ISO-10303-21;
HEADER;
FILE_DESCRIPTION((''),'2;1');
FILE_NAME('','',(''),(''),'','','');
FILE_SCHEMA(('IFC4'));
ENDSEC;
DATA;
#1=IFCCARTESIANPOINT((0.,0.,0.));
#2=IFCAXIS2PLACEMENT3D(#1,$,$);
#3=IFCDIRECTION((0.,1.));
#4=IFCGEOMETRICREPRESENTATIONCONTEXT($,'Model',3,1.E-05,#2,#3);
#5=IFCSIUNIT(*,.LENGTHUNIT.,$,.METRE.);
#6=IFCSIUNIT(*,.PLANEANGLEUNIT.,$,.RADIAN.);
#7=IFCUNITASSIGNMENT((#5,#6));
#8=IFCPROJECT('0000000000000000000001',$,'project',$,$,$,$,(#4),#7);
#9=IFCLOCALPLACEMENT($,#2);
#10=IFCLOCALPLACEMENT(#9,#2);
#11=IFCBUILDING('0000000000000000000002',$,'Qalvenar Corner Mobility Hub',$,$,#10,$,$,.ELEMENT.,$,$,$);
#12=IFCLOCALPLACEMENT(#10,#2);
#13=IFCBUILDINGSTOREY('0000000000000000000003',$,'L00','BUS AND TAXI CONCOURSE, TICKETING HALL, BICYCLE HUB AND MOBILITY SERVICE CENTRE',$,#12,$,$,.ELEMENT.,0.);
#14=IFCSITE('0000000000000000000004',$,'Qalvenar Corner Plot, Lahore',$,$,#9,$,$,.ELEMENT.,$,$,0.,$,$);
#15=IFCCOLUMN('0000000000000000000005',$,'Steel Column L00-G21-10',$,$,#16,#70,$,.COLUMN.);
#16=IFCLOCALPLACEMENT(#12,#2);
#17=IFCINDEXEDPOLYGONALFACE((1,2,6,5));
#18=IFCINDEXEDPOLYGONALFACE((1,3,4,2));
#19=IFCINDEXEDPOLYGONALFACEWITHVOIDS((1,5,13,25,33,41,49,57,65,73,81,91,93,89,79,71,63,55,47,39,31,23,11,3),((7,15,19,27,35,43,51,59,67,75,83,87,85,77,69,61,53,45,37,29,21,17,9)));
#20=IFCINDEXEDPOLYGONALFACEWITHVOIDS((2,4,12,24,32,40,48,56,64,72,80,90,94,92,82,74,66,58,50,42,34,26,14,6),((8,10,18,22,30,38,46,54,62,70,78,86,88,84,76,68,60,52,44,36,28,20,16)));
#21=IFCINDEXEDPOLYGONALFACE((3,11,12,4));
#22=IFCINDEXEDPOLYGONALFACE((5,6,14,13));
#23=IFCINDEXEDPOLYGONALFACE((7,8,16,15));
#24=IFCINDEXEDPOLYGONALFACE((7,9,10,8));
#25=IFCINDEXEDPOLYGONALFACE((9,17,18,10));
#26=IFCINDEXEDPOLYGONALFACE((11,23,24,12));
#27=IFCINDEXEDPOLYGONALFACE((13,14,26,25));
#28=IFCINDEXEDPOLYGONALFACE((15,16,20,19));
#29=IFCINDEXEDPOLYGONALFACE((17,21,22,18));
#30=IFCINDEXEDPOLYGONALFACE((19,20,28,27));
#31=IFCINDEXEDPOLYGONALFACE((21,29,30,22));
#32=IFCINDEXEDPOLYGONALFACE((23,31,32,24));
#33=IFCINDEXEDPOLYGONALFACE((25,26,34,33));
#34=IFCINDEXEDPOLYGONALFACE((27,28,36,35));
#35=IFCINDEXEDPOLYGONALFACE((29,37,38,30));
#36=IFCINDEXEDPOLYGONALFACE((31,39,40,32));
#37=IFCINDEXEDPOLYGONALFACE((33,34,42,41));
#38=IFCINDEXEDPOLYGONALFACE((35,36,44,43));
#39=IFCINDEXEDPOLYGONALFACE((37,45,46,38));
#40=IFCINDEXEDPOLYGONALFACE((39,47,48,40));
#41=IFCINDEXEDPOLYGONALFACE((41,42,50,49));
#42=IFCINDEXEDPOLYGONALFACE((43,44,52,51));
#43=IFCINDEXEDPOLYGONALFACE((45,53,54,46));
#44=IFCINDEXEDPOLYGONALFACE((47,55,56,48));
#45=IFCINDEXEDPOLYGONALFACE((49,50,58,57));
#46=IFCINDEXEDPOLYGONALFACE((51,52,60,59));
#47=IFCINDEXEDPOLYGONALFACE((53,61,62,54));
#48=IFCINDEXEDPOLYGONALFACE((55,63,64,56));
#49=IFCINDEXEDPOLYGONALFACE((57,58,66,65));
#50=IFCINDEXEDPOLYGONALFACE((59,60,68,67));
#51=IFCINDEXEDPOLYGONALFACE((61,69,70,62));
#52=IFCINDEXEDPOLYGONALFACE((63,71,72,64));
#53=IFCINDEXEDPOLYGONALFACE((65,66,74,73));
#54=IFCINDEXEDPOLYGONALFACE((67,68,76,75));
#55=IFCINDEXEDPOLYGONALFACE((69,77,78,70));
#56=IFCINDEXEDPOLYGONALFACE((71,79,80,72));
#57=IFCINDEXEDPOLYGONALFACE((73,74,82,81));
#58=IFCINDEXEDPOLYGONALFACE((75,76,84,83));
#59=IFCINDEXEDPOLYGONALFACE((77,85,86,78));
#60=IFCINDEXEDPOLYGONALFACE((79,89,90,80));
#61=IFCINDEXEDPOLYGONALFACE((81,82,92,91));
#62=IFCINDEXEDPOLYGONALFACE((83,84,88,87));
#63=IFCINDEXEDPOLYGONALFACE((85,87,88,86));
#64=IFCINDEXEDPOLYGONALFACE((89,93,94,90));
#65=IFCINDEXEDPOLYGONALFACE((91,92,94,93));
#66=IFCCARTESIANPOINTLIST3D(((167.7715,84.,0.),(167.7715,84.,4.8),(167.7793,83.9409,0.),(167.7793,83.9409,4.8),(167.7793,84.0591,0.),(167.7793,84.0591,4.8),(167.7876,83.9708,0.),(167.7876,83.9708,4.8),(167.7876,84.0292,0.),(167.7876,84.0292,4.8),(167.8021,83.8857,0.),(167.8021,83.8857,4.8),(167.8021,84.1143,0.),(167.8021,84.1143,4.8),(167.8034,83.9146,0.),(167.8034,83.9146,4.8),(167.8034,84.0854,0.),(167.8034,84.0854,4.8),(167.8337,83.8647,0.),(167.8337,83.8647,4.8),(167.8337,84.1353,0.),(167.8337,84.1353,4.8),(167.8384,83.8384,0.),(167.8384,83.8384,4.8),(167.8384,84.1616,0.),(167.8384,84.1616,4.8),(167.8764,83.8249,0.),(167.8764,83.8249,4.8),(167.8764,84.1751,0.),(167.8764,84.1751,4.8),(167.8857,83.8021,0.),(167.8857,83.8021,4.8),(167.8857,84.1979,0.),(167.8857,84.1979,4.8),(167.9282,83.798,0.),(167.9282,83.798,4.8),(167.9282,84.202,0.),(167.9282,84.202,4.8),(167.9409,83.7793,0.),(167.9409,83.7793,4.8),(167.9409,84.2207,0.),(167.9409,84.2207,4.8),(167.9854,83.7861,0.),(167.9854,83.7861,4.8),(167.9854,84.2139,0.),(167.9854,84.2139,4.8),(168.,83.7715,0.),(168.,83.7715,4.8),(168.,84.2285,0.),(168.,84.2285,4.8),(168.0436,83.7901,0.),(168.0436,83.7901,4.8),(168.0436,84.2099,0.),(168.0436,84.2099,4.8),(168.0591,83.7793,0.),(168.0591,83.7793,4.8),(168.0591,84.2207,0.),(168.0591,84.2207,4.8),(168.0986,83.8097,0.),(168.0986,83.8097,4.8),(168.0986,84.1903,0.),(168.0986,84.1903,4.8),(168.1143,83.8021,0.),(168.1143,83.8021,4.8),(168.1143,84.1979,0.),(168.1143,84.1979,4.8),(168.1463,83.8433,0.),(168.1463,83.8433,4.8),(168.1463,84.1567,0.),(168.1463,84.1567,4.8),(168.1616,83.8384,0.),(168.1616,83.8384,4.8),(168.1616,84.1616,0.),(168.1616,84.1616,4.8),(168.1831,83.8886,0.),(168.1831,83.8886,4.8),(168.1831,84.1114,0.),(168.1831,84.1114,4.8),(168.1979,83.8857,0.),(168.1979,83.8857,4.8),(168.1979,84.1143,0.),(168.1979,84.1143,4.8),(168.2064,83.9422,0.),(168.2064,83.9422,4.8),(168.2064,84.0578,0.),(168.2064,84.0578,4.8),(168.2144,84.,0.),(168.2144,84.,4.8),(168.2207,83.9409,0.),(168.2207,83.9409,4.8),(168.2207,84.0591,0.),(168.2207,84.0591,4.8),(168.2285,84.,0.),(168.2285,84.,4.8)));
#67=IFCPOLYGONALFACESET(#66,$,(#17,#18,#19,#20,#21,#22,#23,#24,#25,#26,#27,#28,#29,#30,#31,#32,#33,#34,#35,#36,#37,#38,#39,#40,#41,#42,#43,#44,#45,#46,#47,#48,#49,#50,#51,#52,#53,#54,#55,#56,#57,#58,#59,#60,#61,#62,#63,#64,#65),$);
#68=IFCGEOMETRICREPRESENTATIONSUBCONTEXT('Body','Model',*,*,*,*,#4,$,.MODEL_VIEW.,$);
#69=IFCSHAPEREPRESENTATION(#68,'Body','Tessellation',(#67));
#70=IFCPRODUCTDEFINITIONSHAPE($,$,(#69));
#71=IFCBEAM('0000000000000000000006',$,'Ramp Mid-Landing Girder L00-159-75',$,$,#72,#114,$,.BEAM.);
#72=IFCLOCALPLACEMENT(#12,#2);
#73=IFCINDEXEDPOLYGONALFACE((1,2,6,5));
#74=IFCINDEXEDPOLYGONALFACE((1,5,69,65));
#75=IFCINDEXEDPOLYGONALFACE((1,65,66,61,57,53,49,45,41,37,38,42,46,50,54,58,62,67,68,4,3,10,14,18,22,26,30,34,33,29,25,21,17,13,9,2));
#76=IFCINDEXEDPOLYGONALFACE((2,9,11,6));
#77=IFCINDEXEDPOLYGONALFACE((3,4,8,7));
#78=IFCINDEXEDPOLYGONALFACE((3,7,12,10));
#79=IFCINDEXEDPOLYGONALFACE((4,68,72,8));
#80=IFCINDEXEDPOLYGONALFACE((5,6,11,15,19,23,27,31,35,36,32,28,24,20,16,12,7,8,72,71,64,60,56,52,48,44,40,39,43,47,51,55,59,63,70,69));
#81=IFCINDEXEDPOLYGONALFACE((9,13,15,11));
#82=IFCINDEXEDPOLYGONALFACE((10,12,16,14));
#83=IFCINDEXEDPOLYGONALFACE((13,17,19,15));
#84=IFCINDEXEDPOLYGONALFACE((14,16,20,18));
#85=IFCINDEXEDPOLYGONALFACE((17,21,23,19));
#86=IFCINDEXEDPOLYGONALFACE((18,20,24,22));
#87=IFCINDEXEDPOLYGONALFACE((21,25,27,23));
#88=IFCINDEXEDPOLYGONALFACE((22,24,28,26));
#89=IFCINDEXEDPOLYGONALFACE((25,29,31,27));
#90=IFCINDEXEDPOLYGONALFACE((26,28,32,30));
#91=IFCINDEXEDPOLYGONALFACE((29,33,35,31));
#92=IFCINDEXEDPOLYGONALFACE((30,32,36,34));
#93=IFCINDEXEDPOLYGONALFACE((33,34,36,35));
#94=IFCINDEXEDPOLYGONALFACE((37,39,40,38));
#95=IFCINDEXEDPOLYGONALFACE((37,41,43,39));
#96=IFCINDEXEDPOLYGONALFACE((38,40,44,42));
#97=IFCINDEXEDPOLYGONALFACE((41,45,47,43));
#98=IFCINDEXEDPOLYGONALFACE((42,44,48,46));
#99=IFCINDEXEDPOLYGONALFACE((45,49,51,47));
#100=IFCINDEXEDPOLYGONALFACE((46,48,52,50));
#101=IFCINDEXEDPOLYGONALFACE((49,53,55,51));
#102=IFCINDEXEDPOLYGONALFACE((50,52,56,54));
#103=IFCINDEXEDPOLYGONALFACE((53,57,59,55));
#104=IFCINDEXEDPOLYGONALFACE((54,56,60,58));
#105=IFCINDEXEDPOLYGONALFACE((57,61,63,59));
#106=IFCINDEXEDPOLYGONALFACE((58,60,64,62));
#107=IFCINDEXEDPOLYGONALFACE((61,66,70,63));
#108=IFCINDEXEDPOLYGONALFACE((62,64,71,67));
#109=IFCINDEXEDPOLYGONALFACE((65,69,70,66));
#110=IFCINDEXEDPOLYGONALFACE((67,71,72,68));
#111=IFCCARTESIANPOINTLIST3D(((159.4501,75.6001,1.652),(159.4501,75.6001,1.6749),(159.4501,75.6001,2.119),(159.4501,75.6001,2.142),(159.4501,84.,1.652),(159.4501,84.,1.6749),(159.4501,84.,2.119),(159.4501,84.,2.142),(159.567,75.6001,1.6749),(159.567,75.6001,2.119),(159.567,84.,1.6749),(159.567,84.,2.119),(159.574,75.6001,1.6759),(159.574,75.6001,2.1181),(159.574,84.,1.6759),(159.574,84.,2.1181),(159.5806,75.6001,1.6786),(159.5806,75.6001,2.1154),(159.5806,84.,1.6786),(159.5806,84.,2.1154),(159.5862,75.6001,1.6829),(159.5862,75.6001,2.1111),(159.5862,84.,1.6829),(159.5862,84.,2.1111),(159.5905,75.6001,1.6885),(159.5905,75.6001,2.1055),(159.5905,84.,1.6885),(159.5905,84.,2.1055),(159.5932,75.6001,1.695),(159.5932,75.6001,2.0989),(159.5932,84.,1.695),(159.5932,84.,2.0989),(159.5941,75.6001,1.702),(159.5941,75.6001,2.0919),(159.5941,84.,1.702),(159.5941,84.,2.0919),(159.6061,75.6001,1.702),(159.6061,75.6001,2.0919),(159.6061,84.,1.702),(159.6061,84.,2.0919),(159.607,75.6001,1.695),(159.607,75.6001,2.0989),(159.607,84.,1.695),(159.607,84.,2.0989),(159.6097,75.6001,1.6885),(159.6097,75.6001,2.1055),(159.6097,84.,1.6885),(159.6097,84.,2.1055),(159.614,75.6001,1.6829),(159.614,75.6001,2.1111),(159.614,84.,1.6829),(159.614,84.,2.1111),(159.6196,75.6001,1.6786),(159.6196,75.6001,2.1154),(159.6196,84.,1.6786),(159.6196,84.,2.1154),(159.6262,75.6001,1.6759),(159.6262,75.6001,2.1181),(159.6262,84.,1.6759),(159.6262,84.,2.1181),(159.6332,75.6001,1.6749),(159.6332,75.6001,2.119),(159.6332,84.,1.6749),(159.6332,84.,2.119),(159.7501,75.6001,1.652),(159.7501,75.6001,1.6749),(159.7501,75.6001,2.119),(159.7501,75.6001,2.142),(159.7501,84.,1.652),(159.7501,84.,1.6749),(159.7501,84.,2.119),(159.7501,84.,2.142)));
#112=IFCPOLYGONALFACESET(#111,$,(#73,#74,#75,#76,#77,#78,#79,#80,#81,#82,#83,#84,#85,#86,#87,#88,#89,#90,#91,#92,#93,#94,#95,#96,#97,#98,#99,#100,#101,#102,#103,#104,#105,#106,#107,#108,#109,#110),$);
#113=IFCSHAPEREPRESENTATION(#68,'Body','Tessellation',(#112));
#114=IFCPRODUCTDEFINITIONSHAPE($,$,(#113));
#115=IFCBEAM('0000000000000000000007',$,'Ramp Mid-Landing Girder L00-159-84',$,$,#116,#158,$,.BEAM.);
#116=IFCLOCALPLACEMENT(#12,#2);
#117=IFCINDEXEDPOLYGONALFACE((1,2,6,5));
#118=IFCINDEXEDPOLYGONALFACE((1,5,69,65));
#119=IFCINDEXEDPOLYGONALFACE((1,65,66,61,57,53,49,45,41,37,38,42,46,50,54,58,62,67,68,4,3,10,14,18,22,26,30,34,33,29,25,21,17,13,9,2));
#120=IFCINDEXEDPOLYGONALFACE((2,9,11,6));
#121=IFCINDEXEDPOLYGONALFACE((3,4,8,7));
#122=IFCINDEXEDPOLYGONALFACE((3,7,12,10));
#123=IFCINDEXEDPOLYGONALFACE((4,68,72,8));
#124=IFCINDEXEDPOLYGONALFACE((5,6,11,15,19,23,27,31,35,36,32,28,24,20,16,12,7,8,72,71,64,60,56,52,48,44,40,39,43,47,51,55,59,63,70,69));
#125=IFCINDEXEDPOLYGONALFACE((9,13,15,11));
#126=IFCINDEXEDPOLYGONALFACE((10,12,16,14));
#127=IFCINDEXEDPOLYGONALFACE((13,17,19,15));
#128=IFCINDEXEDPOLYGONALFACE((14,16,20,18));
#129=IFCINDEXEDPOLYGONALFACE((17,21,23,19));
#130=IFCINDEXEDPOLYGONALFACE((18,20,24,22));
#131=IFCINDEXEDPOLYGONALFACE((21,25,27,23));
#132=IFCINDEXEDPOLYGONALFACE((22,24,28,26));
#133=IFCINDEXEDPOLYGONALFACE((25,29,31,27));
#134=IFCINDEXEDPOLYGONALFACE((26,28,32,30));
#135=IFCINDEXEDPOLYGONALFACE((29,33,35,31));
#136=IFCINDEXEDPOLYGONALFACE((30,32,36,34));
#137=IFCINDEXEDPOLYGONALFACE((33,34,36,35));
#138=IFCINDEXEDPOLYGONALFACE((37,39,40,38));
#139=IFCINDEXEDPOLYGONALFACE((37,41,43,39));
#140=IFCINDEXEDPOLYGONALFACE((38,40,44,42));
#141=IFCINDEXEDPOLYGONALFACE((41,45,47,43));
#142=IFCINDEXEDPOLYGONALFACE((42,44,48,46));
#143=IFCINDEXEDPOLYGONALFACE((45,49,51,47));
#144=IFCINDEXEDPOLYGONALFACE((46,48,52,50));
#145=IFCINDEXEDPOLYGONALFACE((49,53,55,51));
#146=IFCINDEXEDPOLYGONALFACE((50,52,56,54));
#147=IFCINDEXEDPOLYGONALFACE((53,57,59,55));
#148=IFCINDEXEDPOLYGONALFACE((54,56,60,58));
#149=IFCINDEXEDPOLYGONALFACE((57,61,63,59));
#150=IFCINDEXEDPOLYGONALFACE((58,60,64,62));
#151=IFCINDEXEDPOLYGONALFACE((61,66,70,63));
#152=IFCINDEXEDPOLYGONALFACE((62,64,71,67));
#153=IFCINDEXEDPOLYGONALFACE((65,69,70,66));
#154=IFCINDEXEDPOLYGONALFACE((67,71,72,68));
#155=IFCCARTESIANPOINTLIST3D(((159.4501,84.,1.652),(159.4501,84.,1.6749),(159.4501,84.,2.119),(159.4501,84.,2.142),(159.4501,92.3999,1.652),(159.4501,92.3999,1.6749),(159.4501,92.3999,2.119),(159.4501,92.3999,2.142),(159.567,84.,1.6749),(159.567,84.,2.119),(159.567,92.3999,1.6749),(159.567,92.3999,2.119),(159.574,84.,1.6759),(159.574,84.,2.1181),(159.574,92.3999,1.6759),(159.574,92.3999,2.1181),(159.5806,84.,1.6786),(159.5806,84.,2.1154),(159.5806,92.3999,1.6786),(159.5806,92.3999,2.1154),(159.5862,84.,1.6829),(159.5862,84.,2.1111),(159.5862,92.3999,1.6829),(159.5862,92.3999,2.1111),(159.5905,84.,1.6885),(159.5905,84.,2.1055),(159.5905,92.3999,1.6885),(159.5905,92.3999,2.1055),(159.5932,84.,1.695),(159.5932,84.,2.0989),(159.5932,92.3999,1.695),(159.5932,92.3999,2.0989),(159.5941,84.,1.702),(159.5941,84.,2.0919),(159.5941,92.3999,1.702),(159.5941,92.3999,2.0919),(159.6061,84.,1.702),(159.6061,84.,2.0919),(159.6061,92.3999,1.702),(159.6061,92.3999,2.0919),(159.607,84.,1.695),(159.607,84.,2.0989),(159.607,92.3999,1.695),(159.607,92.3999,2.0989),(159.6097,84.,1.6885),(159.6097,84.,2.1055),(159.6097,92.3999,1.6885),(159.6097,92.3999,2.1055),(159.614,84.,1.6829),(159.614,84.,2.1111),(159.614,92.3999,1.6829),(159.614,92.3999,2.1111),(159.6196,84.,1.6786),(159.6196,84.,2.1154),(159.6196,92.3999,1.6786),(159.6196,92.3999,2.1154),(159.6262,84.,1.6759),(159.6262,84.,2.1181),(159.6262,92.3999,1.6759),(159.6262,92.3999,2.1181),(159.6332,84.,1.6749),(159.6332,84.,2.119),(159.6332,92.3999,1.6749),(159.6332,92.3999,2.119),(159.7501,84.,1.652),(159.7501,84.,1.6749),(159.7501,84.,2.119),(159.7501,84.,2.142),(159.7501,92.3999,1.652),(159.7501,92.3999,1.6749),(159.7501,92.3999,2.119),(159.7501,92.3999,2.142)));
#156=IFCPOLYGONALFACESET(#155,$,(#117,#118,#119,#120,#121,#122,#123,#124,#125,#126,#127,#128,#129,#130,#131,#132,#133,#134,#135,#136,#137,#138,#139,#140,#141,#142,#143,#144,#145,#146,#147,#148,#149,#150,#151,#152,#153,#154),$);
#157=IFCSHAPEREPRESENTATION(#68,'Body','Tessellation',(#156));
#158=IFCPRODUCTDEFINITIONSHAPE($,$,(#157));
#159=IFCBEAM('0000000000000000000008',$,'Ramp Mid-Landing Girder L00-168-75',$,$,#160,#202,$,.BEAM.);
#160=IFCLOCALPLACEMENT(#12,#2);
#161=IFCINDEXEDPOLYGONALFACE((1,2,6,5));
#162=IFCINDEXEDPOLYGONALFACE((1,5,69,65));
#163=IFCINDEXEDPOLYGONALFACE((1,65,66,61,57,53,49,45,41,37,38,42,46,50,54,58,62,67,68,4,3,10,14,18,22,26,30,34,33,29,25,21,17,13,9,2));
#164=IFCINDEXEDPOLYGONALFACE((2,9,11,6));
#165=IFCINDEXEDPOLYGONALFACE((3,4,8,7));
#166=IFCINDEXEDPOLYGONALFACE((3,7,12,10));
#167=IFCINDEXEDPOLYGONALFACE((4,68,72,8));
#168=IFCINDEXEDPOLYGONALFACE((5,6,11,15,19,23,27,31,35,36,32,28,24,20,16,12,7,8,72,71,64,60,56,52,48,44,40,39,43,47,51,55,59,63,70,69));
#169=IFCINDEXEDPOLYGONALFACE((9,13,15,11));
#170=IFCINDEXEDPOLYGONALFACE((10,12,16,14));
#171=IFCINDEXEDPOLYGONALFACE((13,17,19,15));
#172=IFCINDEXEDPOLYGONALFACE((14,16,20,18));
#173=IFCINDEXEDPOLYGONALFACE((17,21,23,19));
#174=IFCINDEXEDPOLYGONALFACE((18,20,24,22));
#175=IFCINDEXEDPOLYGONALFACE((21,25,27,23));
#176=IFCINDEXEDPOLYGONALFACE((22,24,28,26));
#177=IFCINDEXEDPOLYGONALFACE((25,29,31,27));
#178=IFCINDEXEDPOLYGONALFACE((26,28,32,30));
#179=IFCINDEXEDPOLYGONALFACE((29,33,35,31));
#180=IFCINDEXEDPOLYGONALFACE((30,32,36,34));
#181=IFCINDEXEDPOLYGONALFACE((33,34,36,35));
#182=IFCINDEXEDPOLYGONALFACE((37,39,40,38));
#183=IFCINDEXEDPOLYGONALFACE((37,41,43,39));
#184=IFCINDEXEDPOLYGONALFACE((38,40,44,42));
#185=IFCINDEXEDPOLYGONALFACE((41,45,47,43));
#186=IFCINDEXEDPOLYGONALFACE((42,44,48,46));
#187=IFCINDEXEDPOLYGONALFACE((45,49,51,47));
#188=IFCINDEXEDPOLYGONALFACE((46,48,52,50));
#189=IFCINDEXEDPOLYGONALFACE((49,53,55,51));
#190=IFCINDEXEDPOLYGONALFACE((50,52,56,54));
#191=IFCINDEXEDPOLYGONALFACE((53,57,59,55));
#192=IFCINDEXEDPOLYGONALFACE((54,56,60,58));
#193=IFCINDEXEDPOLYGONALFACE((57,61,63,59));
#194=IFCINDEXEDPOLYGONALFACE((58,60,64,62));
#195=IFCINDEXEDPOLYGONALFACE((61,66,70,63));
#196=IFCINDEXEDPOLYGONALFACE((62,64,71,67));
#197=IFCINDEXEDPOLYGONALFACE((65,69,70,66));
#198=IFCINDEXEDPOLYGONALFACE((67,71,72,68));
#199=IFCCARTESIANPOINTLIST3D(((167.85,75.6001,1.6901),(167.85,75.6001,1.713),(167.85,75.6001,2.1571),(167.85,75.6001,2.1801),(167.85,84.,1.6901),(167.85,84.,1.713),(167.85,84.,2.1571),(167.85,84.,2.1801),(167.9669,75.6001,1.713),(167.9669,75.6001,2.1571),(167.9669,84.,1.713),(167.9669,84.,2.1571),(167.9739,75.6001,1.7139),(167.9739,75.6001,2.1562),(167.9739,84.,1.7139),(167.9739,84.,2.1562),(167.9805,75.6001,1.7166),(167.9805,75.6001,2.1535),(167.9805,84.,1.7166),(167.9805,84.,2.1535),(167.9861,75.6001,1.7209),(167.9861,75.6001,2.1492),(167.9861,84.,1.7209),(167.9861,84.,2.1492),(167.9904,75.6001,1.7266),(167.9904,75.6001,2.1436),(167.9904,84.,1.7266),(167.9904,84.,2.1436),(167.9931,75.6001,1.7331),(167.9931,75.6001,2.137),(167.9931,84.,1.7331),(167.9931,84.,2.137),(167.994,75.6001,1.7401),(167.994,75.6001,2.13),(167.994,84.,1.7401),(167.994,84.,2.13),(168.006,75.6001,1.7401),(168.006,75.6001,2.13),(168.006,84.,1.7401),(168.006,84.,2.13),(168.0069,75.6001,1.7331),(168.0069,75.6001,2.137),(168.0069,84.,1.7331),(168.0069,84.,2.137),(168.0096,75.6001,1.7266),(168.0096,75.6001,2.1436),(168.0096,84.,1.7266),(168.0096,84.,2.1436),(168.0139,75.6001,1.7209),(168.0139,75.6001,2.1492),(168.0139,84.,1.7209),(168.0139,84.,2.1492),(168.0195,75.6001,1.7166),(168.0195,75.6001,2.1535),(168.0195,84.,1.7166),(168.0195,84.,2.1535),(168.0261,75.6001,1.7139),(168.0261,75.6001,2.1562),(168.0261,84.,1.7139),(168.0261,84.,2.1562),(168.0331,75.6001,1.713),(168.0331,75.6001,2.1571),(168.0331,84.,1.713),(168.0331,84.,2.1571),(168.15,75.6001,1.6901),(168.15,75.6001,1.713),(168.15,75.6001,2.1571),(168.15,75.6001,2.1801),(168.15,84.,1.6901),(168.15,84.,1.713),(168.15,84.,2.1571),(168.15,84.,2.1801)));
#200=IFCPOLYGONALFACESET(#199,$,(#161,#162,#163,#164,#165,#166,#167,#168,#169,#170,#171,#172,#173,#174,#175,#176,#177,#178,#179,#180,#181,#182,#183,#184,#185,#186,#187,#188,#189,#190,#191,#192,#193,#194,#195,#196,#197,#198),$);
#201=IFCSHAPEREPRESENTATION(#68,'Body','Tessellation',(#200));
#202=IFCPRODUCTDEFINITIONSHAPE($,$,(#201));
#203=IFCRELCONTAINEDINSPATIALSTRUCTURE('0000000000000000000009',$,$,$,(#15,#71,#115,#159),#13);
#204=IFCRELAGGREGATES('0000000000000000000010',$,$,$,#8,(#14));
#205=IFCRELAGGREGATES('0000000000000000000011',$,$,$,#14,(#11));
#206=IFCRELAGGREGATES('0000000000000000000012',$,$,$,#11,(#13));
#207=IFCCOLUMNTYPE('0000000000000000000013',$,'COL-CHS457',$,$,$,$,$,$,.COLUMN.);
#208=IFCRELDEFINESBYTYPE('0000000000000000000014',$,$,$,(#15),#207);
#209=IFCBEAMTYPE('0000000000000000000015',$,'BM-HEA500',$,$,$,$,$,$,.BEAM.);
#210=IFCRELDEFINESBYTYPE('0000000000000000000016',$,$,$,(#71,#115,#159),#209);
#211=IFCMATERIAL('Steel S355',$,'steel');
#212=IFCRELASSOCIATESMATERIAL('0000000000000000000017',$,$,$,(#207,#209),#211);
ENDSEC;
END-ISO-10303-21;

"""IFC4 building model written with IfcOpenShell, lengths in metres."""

from ifc_helpers import new_model, si_unit, direction, frame, origin, origin_2d, place, context, subcontext, project, spatial, hollow_circle, i_section, extrude, material, material_profile, profile_set, type_object, element, save


model = new_model("IFC4")

# Units and contexts
model_context = context("Model", 3, precision=1e-05, world=origin(), true_north=direction((0.0, 1.0)))
body_context = subcontext(model_context, "Body", "Model", "MODEL_VIEW")
ifc_project = project(units=[si_unit("LENGTHUNIT", "METRE"), si_unit("PLANEANGLEUNIT", "RADIAN")], contexts=[model_context])

# Site, building, storey
site_placement = place(None, origin())
site = spatial("IfcSite", under=ifc_project, at=site_placement, Name="Qalvenar Corner Plot, Lahore", CompositionType="ELEMENT", RefElevation=0.0)
building_placement = place(site_placement, origin())
building = spatial("IfcBuilding", under=site, at=building_placement, Name="Qalvenar Corner Mobility Hub", CompositionType="ELEMENT")
storey_placement = place(building_placement, origin())
storey = spatial("IfcBuildingStorey", under=building, at=storey_placement, Name="L00", Description="BUS AND TAXI CONCOURSE, TICKETING HALL, BICYCLE HUB AND MOBILITY SERVICE CENTRE", CompositionType="ELEMENT", Elevation=0.0)

# Column
ifc_material_1 = material(Name="Steel S355", Category="steel")
ifc_material_profile_1 = material_profile(ifc_material_1, hollow_circle(Radius=0.2285, WallThickness=0.0142, at=origin_2d()), Name="CHS457x14.2")
ifc_profile_set_1 = profile_set([ifc_material_profile_1], Name="Steel S355")
column_type = type_object("IfcColumnType", Name="COL-CHS457", PredefinedType="COLUMN", material=ifc_profile_set_1)
for number, where, z_axis, x_axis, name in (
    (1, (168.0, 84.0, 0.0), (0.0, 0.0, 1.0), (1.0, 0.0, 0.0), "Steel Column L00-G21-10"),
):
    element("IfcColumn", number, at=place(storey_placement, frame(where, z_axis=z_axis, x_axis=x_axis)), inside=storey, type_object=column_type, Name=name, PredefinedType="COLUMN", context=body_context, shape_type="SweptSolid", body=[
        extrude(hollow_circle(Radius=0.2285, WallThickness=0.0142, at=origin_2d()), origin(), (0.0, 0.0, 1.0), 4.8),
    ])

# Beams
ifc_material_profile_2 = material_profile(ifc_material_1, i_section(OverallWidth=0.3, OverallDepth=0.49, WebThickness=0.012, FlangeThickness=0.0229, FilletRadius=0.0271, at=origin_2d()), Name="HEA500")
ifc_profile_set_2 = profile_set([ifc_material_profile_2], Name="Steel S355")
beam_type_1 = type_object("IfcBeamType", Name="BM-HEA500", PredefinedType="BEAM", material=ifc_profile_set_2)
for number, where, z_axis, x_axis, name in (
    (2, (159.6001, 75.6001, 1.897), (0.0, 1.0, 0.0), (-1.0, 0.0, 0.0), "Ramp Mid-Landing Girder L00-159-75"),
    (3, (159.6001, 84.0, 1.897), (0.0, 1.0, 0.0), (-1.0, 0.0, 0.0), "Ramp Mid-Landing Girder L00-159-84"),
    (4, (168.0, 75.6001, 1.9351), (0.0, 1.0, 0.0), (-1.0, 0.0, 0.0), "Ramp Mid-Landing Girder L00-168-75"),
):
    element("IfcBeam", number, at=place(storey_placement, frame(where, z_axis=z_axis, x_axis=x_axis)), inside=storey, type_object=beam_type_1, Name=name, PredefinedType="BEAM", context=body_context, shape_type="SweptSolid", body=[
        extrude(i_section(OverallWidth=0.3, OverallDepth=0.49, WebThickness=0.012, FlangeThickness=0.0229, FilletRadius=0.0271, at=origin_2d()), origin(), (0.0, 0.0, 1.0), 8.3999),
    ])

save(model, "model.ifc")
